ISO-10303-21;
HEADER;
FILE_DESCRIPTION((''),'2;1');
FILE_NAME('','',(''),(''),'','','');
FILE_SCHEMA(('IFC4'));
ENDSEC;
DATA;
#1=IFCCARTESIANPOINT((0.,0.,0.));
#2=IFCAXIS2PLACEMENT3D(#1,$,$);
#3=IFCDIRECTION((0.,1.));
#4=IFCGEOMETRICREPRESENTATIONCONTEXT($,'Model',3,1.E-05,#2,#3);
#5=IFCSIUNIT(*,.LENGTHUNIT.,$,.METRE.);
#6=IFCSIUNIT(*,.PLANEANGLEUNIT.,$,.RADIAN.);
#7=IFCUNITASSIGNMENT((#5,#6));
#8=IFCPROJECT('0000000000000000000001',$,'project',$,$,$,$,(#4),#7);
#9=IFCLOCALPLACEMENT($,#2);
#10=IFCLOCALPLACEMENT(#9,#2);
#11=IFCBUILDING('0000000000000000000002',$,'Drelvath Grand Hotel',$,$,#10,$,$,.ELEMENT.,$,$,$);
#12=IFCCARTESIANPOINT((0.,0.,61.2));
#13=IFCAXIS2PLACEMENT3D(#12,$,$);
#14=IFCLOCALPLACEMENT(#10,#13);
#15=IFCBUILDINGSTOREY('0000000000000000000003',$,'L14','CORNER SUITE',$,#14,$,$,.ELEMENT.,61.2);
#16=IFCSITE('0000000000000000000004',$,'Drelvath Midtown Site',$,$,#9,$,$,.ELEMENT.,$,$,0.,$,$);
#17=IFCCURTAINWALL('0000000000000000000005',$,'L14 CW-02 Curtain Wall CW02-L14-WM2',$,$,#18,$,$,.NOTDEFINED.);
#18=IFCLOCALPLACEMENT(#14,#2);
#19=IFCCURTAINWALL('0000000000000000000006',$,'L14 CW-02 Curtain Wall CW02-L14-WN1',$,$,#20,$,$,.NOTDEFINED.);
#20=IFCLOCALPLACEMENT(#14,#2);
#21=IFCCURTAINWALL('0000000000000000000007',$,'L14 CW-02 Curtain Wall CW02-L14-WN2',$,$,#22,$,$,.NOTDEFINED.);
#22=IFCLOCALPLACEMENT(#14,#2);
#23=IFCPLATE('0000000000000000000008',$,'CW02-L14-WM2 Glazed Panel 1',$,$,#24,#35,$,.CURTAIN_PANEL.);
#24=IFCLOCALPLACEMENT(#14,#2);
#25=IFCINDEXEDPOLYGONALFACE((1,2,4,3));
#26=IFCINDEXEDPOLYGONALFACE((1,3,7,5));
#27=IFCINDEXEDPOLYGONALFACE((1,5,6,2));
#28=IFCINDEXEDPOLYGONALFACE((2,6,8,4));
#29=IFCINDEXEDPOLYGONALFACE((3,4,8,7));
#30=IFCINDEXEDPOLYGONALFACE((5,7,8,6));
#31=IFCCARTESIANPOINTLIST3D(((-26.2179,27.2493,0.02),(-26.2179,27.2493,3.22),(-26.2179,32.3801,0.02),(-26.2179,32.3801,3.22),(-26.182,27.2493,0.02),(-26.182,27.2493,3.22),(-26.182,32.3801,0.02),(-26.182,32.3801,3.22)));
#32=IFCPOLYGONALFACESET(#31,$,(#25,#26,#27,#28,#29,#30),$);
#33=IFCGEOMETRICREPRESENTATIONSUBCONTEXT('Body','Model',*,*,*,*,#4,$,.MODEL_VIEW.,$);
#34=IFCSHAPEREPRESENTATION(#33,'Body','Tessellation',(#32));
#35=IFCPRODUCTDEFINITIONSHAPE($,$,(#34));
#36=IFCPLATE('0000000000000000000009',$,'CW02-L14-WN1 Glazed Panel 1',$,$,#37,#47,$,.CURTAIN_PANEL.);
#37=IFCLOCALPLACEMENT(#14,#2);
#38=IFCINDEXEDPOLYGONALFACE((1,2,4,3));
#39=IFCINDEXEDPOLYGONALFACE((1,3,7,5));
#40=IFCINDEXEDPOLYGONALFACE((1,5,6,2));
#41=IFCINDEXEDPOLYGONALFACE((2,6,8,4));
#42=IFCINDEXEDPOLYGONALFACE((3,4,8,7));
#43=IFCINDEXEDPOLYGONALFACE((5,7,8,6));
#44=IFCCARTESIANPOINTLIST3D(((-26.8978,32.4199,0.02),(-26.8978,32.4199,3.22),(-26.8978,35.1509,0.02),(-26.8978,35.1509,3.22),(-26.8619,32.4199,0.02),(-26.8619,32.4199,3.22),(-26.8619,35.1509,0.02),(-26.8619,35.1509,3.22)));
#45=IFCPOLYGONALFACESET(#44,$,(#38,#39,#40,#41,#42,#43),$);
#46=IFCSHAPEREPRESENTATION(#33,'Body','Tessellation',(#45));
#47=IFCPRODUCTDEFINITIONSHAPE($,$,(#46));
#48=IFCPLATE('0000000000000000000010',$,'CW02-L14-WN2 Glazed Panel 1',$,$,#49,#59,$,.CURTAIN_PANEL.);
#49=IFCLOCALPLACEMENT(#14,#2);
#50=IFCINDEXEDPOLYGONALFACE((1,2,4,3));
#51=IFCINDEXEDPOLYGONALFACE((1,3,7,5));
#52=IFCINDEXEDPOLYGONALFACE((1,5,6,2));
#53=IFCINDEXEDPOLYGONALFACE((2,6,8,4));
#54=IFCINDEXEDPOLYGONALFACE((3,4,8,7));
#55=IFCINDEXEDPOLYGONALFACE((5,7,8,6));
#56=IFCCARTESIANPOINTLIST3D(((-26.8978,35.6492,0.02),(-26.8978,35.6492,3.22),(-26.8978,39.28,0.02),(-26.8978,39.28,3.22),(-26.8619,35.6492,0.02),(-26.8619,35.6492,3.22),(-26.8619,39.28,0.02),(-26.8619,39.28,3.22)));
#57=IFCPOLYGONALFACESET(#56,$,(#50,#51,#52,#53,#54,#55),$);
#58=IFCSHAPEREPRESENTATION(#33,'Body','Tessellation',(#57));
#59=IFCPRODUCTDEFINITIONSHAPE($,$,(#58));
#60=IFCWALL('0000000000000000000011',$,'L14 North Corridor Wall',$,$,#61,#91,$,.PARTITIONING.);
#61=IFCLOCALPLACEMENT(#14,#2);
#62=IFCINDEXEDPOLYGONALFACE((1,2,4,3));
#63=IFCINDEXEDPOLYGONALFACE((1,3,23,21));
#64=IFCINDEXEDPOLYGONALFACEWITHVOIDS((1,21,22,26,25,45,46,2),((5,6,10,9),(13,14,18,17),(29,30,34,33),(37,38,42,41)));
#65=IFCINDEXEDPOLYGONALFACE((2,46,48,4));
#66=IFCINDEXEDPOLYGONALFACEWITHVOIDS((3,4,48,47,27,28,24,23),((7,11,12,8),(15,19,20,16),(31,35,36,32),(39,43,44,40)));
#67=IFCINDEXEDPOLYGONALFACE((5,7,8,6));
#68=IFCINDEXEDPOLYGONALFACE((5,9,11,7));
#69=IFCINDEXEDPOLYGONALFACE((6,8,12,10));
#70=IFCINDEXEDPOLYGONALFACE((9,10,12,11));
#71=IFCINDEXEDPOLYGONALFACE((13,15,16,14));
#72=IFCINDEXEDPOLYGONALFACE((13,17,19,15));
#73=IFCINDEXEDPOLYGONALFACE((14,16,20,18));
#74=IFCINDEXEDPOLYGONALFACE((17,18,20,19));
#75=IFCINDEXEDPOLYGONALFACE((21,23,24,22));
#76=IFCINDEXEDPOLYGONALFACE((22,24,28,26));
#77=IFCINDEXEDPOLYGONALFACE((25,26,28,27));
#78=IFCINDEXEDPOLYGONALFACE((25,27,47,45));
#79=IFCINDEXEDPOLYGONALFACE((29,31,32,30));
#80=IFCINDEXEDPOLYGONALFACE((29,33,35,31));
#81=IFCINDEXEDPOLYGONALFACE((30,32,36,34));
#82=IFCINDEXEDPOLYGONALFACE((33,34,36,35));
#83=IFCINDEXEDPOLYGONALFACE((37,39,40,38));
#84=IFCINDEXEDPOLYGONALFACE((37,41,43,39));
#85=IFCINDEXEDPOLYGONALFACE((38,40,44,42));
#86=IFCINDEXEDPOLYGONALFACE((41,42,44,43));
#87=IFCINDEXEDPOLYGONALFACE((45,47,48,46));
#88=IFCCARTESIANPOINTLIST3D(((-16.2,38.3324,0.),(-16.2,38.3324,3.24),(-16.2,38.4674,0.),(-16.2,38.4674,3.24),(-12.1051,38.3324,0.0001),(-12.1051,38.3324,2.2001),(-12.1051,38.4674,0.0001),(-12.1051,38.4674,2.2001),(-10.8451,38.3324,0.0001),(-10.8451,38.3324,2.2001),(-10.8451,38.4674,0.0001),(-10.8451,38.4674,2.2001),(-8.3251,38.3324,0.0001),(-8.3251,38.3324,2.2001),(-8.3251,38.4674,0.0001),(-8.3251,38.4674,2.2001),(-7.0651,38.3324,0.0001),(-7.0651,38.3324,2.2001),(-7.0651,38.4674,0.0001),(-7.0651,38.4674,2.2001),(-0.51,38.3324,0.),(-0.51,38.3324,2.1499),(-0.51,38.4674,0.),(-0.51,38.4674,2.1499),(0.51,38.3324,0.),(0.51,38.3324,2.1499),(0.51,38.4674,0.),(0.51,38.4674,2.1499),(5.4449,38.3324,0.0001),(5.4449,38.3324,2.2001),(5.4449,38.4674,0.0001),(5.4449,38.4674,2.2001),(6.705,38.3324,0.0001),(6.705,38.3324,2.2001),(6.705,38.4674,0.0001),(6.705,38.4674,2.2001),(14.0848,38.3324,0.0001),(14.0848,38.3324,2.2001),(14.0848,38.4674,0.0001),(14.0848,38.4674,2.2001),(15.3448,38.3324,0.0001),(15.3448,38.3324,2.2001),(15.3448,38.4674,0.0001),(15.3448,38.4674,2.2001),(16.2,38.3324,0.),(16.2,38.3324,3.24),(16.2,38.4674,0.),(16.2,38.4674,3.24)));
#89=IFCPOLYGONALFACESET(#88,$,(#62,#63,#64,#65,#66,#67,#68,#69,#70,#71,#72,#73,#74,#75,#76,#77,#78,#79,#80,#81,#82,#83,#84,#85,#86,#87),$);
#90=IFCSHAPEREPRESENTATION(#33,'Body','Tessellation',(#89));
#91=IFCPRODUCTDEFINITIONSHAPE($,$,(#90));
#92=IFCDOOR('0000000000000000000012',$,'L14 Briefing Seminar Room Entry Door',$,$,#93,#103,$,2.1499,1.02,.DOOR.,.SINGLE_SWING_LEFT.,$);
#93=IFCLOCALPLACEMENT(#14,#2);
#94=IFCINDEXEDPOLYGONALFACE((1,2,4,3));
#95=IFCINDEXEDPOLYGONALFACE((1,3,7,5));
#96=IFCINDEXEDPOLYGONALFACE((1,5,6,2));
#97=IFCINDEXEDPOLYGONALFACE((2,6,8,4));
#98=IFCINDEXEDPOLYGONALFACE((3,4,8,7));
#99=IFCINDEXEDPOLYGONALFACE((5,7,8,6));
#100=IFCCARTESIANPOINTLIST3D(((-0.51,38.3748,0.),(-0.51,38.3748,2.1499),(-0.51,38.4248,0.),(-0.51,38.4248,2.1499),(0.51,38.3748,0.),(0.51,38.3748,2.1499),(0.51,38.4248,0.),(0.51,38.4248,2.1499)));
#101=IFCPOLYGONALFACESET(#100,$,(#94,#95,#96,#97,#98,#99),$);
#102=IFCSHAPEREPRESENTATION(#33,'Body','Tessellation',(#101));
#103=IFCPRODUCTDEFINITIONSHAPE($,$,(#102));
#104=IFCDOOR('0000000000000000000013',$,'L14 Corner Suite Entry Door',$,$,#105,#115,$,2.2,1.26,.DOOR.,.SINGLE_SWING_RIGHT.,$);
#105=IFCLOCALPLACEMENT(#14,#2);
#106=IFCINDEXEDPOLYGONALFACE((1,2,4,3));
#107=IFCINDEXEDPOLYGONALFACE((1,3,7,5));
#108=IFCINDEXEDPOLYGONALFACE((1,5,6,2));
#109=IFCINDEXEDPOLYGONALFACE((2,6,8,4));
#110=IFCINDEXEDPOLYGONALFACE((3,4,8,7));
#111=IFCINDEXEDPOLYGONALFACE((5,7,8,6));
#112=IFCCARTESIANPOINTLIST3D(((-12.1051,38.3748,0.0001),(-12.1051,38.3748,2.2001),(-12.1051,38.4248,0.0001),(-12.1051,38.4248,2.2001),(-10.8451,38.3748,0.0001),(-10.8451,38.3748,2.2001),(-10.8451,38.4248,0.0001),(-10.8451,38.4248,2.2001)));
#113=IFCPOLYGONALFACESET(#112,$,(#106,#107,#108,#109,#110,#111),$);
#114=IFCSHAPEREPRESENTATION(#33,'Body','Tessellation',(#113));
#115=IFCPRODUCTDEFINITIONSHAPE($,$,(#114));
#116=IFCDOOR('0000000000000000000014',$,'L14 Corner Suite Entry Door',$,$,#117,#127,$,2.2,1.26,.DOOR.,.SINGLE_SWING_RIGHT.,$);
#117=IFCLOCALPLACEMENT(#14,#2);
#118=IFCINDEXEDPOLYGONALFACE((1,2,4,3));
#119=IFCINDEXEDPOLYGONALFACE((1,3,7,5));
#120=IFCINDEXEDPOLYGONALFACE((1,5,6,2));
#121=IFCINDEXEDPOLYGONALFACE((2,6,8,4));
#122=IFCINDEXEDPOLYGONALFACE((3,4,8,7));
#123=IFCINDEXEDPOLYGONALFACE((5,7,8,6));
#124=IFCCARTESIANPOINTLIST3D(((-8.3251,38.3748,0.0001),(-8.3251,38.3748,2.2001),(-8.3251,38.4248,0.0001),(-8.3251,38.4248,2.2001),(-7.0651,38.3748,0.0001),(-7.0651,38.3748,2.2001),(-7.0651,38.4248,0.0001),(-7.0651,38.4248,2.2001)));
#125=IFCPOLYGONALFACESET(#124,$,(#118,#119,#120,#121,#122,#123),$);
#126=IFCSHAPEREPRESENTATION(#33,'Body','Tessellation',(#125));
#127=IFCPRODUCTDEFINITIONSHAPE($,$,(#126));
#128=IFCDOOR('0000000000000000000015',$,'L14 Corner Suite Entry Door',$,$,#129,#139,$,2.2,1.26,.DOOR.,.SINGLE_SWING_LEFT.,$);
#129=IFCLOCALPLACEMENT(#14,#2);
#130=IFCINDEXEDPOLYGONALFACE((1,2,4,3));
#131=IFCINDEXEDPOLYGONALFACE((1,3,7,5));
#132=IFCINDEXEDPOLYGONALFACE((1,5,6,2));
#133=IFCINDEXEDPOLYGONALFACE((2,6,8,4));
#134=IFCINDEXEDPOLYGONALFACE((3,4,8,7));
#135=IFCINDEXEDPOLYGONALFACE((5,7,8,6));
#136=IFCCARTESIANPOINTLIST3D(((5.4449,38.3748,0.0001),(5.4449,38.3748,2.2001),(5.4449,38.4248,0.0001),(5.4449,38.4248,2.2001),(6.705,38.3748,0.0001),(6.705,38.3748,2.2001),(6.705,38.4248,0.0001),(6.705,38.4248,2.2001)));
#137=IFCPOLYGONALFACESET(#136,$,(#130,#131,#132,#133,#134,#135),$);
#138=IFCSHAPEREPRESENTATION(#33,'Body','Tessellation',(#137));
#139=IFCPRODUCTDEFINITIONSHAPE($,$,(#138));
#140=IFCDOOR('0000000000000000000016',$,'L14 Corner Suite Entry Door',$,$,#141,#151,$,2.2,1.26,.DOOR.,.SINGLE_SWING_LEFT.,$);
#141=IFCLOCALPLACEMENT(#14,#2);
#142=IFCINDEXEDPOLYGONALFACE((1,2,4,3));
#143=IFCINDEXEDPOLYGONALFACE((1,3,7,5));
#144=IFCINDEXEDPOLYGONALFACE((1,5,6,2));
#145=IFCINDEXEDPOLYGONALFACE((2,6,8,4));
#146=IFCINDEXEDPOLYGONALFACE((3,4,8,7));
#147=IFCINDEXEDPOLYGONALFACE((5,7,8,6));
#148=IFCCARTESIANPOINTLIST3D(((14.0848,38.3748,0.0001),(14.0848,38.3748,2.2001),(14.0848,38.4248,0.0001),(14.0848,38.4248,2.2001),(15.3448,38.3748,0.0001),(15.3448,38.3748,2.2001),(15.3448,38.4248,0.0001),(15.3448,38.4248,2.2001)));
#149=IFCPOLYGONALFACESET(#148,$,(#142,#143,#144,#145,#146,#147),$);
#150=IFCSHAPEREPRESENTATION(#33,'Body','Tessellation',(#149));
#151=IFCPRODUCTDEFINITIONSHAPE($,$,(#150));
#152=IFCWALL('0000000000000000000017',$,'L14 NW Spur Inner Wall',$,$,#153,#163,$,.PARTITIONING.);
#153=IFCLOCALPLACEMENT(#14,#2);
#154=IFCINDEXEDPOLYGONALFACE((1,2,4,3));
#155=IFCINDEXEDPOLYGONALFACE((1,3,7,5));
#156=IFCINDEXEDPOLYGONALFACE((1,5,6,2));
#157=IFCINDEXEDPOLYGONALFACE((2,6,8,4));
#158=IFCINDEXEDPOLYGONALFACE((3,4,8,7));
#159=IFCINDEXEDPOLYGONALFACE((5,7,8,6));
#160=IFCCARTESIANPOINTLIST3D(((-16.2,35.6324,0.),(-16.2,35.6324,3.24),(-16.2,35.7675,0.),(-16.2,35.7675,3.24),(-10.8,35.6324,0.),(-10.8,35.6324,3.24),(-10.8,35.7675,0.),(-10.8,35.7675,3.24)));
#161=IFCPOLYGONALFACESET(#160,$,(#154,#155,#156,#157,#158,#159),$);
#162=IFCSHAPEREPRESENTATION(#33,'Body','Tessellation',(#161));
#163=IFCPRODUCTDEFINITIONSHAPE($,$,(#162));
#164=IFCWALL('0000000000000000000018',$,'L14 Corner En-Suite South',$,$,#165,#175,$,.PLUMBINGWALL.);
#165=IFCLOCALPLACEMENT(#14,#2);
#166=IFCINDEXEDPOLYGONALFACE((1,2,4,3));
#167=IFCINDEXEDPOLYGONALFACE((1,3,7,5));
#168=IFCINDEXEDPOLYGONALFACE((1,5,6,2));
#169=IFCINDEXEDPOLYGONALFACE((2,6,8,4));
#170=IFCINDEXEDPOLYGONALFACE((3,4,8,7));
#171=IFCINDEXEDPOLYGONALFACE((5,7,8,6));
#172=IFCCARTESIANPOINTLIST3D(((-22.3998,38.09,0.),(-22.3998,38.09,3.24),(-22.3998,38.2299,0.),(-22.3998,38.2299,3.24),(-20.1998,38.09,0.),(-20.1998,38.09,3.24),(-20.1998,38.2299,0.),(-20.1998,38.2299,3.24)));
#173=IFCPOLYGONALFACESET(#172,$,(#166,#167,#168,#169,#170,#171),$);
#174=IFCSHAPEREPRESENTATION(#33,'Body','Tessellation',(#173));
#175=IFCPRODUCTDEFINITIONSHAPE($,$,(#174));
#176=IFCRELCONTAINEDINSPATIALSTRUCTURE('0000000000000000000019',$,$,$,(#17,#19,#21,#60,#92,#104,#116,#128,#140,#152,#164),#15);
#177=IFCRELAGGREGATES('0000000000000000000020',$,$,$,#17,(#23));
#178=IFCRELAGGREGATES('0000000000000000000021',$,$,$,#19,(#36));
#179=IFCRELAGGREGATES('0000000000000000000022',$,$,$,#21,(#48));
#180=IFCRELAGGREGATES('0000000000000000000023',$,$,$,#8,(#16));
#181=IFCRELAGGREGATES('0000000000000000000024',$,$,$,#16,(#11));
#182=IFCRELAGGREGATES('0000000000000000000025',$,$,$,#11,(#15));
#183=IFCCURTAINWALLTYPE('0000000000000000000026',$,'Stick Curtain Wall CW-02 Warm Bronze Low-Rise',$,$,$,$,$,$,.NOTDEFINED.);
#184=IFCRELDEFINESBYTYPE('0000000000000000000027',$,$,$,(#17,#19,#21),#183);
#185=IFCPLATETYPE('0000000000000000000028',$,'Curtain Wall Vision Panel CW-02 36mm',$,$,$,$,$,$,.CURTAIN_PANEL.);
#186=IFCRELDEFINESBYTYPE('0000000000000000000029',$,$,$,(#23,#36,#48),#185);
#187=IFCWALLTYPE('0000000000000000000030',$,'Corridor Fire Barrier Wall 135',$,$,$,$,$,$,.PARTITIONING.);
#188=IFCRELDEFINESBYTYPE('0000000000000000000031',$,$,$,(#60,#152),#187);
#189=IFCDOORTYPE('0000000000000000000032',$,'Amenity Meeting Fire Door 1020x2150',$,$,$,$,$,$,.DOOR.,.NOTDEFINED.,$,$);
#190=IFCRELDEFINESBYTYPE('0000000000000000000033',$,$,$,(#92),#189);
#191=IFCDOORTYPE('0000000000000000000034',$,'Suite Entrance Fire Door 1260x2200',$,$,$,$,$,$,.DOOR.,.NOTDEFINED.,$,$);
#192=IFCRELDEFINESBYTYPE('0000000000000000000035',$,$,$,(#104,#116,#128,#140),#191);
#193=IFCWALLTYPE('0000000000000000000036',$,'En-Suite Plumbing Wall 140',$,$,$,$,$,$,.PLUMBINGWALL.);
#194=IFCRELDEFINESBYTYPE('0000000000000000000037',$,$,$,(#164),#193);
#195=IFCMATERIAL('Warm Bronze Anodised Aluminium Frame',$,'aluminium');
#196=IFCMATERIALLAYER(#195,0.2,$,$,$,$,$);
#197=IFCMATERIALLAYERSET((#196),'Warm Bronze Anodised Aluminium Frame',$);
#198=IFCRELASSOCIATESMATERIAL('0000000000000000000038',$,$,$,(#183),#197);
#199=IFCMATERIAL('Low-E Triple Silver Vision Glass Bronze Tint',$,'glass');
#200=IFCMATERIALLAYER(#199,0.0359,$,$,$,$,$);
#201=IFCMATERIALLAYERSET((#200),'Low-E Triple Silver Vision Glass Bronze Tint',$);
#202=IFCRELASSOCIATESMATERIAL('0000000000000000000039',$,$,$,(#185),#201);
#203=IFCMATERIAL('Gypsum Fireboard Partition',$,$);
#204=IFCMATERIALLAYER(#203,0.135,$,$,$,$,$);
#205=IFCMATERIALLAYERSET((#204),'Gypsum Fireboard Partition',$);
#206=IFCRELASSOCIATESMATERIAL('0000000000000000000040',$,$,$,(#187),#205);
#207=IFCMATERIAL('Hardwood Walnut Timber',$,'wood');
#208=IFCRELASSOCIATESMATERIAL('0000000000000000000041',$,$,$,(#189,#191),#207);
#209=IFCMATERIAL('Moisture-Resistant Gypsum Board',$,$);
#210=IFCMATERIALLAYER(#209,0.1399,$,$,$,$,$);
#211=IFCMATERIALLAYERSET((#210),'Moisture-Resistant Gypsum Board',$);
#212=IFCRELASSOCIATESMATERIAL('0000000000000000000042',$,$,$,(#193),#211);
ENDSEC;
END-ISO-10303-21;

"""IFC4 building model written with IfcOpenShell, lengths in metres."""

from ifc_helpers import new_model, si_unit, direction, frame, frame_2d, origin, origin_2d, place, context, subcontext, project, spatial, rectangle, extrude, material, layer, layer_set, type_object, element, fill, aggregate, save


model = new_model("IFC4")

# Units and contexts
model_context = context("Model", 3, precision=1e-05, world=origin(), true_north=direction((0.0, 1.0)))
body_context = subcontext(model_context, "Body", "Model", "MODEL_VIEW")
ifc_project = project(units=[si_unit("LENGTHUNIT", "METRE"), si_unit("PLANEANGLEUNIT", "RADIAN")], contexts=[model_context])

# Site, building, storey
site_placement = place(None, origin())
site = spatial("IfcSite", under=ifc_project, at=site_placement, Name="Drelvath Midtown Site", CompositionType="ELEMENT", RefElevation=0.0)
building_placement = place(site_placement, origin())
building = spatial("IfcBuilding", under=site, at=building_placement, Name="Drelvath Grand Hotel", CompositionType="ELEMENT")
storey_placement = place(building_placement, frame((0.0, 0.0, 61.2)))
storey = spatial("IfcBuildingStorey", under=building, at=storey_placement, Name="L14", Description="CORNER SUITE", CompositionType="ELEMENT", Elevation=61.2)

# Curtain walls
ifc_material_1 = material(Name="Warm Bronze Anodised Aluminium Frame", Category="aluminium")
ifc_layer_1 = layer(ifc_material_1, 0.2)
ifc_layer_set_1 = layer_set([ifc_layer_1], Name="Warm Bronze Anodised Aluminium Frame")
curtain_wall_type = type_object("IfcCurtainWallType", Name="Stick Curtain Wall CW-02 Warm Bronze Low-Rise", PredefinedType="NOTDEFINED", material=ifc_layer_set_1)
curtain_wall_1_placement = place(storey_placement, origin())
curtain_wall_1 = element("IfcCurtainWall", 1, at=curtain_wall_1_placement, inside=storey, type_object=curtain_wall_type, Name="L14 CW-02 Curtain Wall CW02-L14-WM2", PredefinedType="NOTDEFINED")
curtain_wall_2_placement = place(storey_placement, origin())
curtain_wall_2 = element("IfcCurtainWall", 2, at=curtain_wall_2_placement, inside=storey, type_object=curtain_wall_type, Name="L14 CW-02 Curtain Wall CW02-L14-WN1", PredefinedType="NOTDEFINED")
curtain_wall_3_placement = place(storey_placement, origin())
curtain_wall_3 = element("IfcCurtainWall", 3, at=curtain_wall_3_placement, inside=storey, type_object=curtain_wall_type, Name="L14 CW-02 Curtain Wall CW02-L14-WN2", PredefinedType="NOTDEFINED")

# Plates
ifc_material_2 = material(Name="Low-E Triple Silver Vision Glass Bronze Tint", Category="glass")
ifc_layer_2 = layer(ifc_material_2, 0.0359)
ifc_layer_set_2 = layer_set([ifc_layer_2], Name="Low-E Triple Silver Vision Glass Bronze Tint")
plate_type = type_object("IfcPlateType", Name="Curtain Wall Vision Panel CW-02 36mm", PredefinedType="CURTAIN_PANEL", material=ifc_layer_set_2)
plate_1_placement = place(storey_placement, frame((-26.2, 29.8147, 0.02), z_axis=(0.0, 0.0, 1.0), x_axis=(0.0, 1.0, 0.0)))
plate_1 = element("IfcPlate", 4, at=plate_1_placement, type_object=plate_type, Name="CW02-L14-WM2 Glazed Panel 1", PredefinedType="CURTAIN_PANEL", context=body_context, shape_type="SweptSolid", body=[
    extrude(rectangle(XDim=5.1309, YDim=0.0359, at=origin_2d()), origin(), (0.0, 0.0, 1.0), 3.2),
])
aggregate(curtain_wall_1, [plate_1])
plate_2_placement = place(storey_placement, frame((-26.8799, 33.7854, 0.02), z_axis=(0.0, 0.0, 1.0), x_axis=(0.0, 1.0, 0.0)))
plate_2 = element("IfcPlate", 5, at=plate_2_placement, type_object=plate_type, Name="CW02-L14-WN1 Glazed Panel 1", PredefinedType="CURTAIN_PANEL", context=body_context, shape_type="SweptSolid", body=[
    extrude(rectangle(XDim=2.731, YDim=0.0359, at=origin_2d()), origin(), (0.0, 0.0, 1.0), 3.2),
])
aggregate(curtain_wall_2, [plate_2])
plate_3_placement = place(storey_placement, frame((-26.8799, 37.4646, 0.02), z_axis=(0.0, 0.0, 1.0), x_axis=(0.0, 1.0, 0.0)))
plate_3 = element("IfcPlate", 6, at=plate_3_placement, type_object=plate_type, Name="CW02-L14-WN2 Glazed Panel 1", PredefinedType="CURTAIN_PANEL", context=body_context, shape_type="SweptSolid", body=[
    extrude(rectangle(XDim=3.6309, YDim=0.0359, at=origin_2d()), origin(), (0.0, 0.0, 1.0), 3.2),
])
aggregate(curtain_wall_3, [plate_3])

# Wall, openings, doors
ifc_material_3 = material(Name="Gypsum Fireboard Partition")
ifc_layer_3 = layer(ifc_material_3, 0.135)
ifc_layer_set_3 = layer_set([ifc_layer_3], Name="Gypsum Fireboard Partition")
wall_type_1 = type_object("IfcWallType", Name="Corridor Fire Barrier Wall 135", PredefinedType="PARTITIONING", material=ifc_layer_set_3)
wall_1_placement = place(storey_placement, frame((-16.2, 38.3999, 0.0), z_axis=(0.0, 0.0, 1.0), x_axis=(1.0, 0.0, 0.0)))
wall_1 = element("IfcWall", 7, at=wall_1_placement, inside=storey, type_object=wall_type_1, Name="L14 North Corridor Wall", PredefinedType="PARTITIONING", context=body_context, shape_type="SweptSolid", body=[
    extrude(rectangle(XDim=32.3999, YDim=0.135, at=frame_2d((16.2, 0.0))), origin(), (0.0, 0.0, 1.0), 3.24),
])
opening_1_placement = place(wall_1_placement, frame((4.095, 0.0, 0.0)))
opening_1 = element("IfcOpeningElement", 8, at=opening_1_placement, cuts=wall_1, PredefinedType="OPENING", context=body_context, shape_type="SweptSolid", body=[
    extrude(rectangle(XDim=1.26, YDim=2.2, at=frame_2d((0.6299, 1.1001))), frame((0.0, 0.0774, 0.0), z_axis=(0.0, -1.0, 0.0), x_axis=(1.0, 0.0, 0.0)), (0.0, 0.0, 1.0), 0.155),
])
opening_2_placement = place(wall_1_placement, frame((7.875, 0.0, 0.0)))
opening_2 = element("IfcOpeningElement", 9, at=opening_2_placement, cuts=wall_1, PredefinedType="OPENING", context=body_context, shape_type="SweptSolid", body=[
    extrude(rectangle(XDim=1.26, YDim=2.2, at=frame_2d((0.6299, 1.1001))), frame((0.0, 0.0774, 0.0), z_axis=(0.0, -1.0, 0.0), x_axis=(1.0, 0.0, 0.0)), (0.0, 0.0, 1.0), 0.155),
])
opening_3_placement = place(wall_1_placement, frame((15.6899, 0.0, 0.0)))
opening_3 = element("IfcOpeningElement", 10, at=opening_3_placement, cuts=wall_1, PredefinedType="OPENING", context=body_context, shape_type="SweptSolid", body=[
    extrude(rectangle(XDim=1.02, YDim=2.1499, at=frame_2d((0.51, 1.075))), frame((0.0, 0.0774, 0.0), z_axis=(0.0, -1.0, 0.0), x_axis=(1.0, 0.0, 0.0)), (0.0, 0.0, 1.0), 0.155),
])
opening_4_placement = place(wall_1_placement, frame((21.645, 0.0, 0.0)))
opening_4 = element("IfcOpeningElement", 11, at=opening_4_placement, cuts=wall_1, PredefinedType="OPENING", context=body_context, shape_type="SweptSolid", body=[
    extrude(rectangle(XDim=1.26, YDim=2.2, at=frame_2d((0.6299, 1.1001))), frame((0.0, 0.0774, 0.0), z_axis=(0.0, -1.0, 0.0), x_axis=(1.0, 0.0, 0.0)), (0.0, 0.0, 1.0), 0.155),
])
opening_5_placement = place(wall_1_placement, frame((30.2849, 0.0, 0.0)))
opening_5 = element("IfcOpeningElement", 12, at=opening_5_placement, cuts=wall_1, PredefinedType="OPENING", context=body_context, shape_type="SweptSolid", body=[
    extrude(rectangle(XDim=1.26, YDim=2.2, at=frame_2d((0.6299, 1.1001))), frame((0.0, 0.0774, 0.0), z_axis=(0.0, -1.0, 0.0), x_axis=(1.0, 0.0, 0.0)), (0.0, 0.0, 1.0), 0.155),
])
ifc_material_4 = material(Name="Hardwood Walnut Timber", Category="wood")
door_type_1 = type_object("IfcDoorType", Name="Amenity Meeting Fire Door 1020x2150", OperationType="NOTDEFINED", PredefinedType="DOOR", material=ifc_material_4)
door_1_placement = place(opening_3_placement, origin())
door_1 = element("IfcDoor", 13, at=door_1_placement, inside=storey, type_object=door_type_1, Name="L14 Briefing Seminar Room Entry Door", OperationType="SINGLE_SWING_LEFT", OverallHeight=2.1499, OverallWidth=1.02, PredefinedType="DOOR", context=body_context, shape_type="SweptSolid", body=[
    extrude(rectangle(XDim=1.02, YDim=2.1499, at=frame_2d((0.51, 1.075))), frame((0.0, 0.0249, 0.0), z_axis=(0.0, -1.0, 0.0), x_axis=(1.0, 0.0, 0.0)), (0.0, 0.0, 1.0), 0.05),
])
fill(opening_3, door_1)
door_type_2 = type_object("IfcDoorType", Name="Suite Entrance Fire Door 1260x2200", OperationType="NOTDEFINED", PredefinedType="DOOR", material=ifc_material_4)
door_2_placement = place(opening_1_placement, origin())
door_2 = element("IfcDoor", 14, at=door_2_placement, inside=storey, type_object=door_type_2, Name="L14 Corner Suite Entry Door", OperationType="SINGLE_SWING_RIGHT", OverallHeight=2.2, OverallWidth=1.26, PredefinedType="DOOR", context=body_context, shape_type="SweptSolid", body=[
    extrude(rectangle(XDim=1.26, YDim=2.2, at=frame_2d((0.6299, 1.1001))), frame((0.0, 0.0249, 0.0), z_axis=(0.0, -1.0, 0.0), x_axis=(1.0, 0.0, 0.0)), (0.0, 0.0, 1.0), 0.05),
])
fill(opening_1, door_2)
door_3_placement = place(opening_2_placement, origin())
door_3 = element("IfcDoor", 15, at=door_3_placement, inside=storey, type_object=door_type_2, Name="L14 Corner Suite Entry Door", OperationType="SINGLE_SWING_RIGHT", OverallHeight=2.2, OverallWidth=1.26, PredefinedType="DOOR", context=body_context, shape_type="SweptSolid", body=[
    extrude(rectangle(XDim=1.26, YDim=2.2, at=frame_2d((0.6299, 1.1001))), frame((0.0, 0.0249, 0.0), z_axis=(0.0, -1.0, 0.0), x_axis=(1.0, 0.0, 0.0)), (0.0, 0.0, 1.0), 0.05),
])
fill(opening_2, door_3)
door_4_placement = place(opening_4_placement, origin())
door_4 = element("IfcDoor", 16, at=door_4_placement, inside=storey, type_object=door_type_2, Name="L14 Corner Suite Entry Door", OperationType="SINGLE_SWING_LEFT", OverallHeight=2.2, OverallWidth=1.26, PredefinedType="DOOR", context=body_context, shape_type="SweptSolid", body=[
    extrude(rectangle(XDim=1.26, YDim=2.2, at=frame_2d((0.6299, 1.1001))), frame((0.0, 0.0249, 0.0), z_axis=(0.0, -1.0, 0.0), x_axis=(1.0, 0.0, 0.0)), (0.0, 0.0, 1.0), 0.05),
])
fill(opening_4, door_4)
door_5_placement = place(opening_5_placement, origin())
door_5 = element("IfcDoor", 17, at=door_5_placement, inside=storey, type_object=door_type_2, Name="L14 Corner Suite Entry Door", OperationType="SINGLE_SWING_LEFT", OverallHeight=2.2, OverallWidth=1.26, PredefinedType="DOOR", context=body_context, shape_type="SweptSolid", body=[
    extrude(rectangle(XDim=1.26, YDim=2.2, at=frame_2d((0.6299, 1.1001))), frame((0.0, 0.0249, 0.0), z_axis=(0.0, -1.0, 0.0), x_axis=(1.0, 0.0, 0.0)), (0.0, 0.0, 1.0), 0.05),
])
fill(opening_5, door_5)

# Wall
wall_2_placement = place(storey_placement, frame((-16.2, 35.7, 0.0), z_axis=(0.0, 0.0, 1.0), x_axis=(1.0, 0.0, 0.0)))
element("IfcWall", 18, at=wall_2_placement, inside=storey, type_object=wall_type_1, Name="L14 NW Spur Inner Wall", PredefinedType="PARTITIONING", context=body_context, shape_type="SweptSolid", body=[
    extrude(rectangle(XDim=5.3999, YDim=0.135, at=frame_2d((2.7, 0.0))), origin(), (0.0, 0.0, 1.0), 3.24),
])

# Wall
ifc_material_5 = material(Name="Moisture-Resistant Gypsum Board")
ifc_layer_4 = layer(ifc_material_5, 0.1399)
ifc_layer_set_4 = layer_set([ifc_layer_4], Name="Moisture-Resistant Gypsum Board")
wall_type_2 = type_object("IfcWallType", Name="En-Suite Plumbing Wall 140", PredefinedType="PLUMBINGWALL", material=ifc_layer_set_4)
wall_3_placement = place(storey_placement, frame((-22.3999, 38.1599, 0.0), z_axis=(0.0, 0.0, 1.0), x_axis=(1.0, 0.0, 0.0)))
element("IfcWall", 19, at=wall_3_placement, inside=storey, type_object=wall_type_2, Name="L14 Corner En-Suite South", PredefinedType="PLUMBINGWALL", context=body_context, shape_type="SweptSolid", body=[
    extrude(rectangle(XDim=2.2, YDim=0.1399, at=frame_2d((1.1001, 0.0))), origin(), (0.0, 0.0, 1.0), 3.24),
])

save(model, "model.ifc")
